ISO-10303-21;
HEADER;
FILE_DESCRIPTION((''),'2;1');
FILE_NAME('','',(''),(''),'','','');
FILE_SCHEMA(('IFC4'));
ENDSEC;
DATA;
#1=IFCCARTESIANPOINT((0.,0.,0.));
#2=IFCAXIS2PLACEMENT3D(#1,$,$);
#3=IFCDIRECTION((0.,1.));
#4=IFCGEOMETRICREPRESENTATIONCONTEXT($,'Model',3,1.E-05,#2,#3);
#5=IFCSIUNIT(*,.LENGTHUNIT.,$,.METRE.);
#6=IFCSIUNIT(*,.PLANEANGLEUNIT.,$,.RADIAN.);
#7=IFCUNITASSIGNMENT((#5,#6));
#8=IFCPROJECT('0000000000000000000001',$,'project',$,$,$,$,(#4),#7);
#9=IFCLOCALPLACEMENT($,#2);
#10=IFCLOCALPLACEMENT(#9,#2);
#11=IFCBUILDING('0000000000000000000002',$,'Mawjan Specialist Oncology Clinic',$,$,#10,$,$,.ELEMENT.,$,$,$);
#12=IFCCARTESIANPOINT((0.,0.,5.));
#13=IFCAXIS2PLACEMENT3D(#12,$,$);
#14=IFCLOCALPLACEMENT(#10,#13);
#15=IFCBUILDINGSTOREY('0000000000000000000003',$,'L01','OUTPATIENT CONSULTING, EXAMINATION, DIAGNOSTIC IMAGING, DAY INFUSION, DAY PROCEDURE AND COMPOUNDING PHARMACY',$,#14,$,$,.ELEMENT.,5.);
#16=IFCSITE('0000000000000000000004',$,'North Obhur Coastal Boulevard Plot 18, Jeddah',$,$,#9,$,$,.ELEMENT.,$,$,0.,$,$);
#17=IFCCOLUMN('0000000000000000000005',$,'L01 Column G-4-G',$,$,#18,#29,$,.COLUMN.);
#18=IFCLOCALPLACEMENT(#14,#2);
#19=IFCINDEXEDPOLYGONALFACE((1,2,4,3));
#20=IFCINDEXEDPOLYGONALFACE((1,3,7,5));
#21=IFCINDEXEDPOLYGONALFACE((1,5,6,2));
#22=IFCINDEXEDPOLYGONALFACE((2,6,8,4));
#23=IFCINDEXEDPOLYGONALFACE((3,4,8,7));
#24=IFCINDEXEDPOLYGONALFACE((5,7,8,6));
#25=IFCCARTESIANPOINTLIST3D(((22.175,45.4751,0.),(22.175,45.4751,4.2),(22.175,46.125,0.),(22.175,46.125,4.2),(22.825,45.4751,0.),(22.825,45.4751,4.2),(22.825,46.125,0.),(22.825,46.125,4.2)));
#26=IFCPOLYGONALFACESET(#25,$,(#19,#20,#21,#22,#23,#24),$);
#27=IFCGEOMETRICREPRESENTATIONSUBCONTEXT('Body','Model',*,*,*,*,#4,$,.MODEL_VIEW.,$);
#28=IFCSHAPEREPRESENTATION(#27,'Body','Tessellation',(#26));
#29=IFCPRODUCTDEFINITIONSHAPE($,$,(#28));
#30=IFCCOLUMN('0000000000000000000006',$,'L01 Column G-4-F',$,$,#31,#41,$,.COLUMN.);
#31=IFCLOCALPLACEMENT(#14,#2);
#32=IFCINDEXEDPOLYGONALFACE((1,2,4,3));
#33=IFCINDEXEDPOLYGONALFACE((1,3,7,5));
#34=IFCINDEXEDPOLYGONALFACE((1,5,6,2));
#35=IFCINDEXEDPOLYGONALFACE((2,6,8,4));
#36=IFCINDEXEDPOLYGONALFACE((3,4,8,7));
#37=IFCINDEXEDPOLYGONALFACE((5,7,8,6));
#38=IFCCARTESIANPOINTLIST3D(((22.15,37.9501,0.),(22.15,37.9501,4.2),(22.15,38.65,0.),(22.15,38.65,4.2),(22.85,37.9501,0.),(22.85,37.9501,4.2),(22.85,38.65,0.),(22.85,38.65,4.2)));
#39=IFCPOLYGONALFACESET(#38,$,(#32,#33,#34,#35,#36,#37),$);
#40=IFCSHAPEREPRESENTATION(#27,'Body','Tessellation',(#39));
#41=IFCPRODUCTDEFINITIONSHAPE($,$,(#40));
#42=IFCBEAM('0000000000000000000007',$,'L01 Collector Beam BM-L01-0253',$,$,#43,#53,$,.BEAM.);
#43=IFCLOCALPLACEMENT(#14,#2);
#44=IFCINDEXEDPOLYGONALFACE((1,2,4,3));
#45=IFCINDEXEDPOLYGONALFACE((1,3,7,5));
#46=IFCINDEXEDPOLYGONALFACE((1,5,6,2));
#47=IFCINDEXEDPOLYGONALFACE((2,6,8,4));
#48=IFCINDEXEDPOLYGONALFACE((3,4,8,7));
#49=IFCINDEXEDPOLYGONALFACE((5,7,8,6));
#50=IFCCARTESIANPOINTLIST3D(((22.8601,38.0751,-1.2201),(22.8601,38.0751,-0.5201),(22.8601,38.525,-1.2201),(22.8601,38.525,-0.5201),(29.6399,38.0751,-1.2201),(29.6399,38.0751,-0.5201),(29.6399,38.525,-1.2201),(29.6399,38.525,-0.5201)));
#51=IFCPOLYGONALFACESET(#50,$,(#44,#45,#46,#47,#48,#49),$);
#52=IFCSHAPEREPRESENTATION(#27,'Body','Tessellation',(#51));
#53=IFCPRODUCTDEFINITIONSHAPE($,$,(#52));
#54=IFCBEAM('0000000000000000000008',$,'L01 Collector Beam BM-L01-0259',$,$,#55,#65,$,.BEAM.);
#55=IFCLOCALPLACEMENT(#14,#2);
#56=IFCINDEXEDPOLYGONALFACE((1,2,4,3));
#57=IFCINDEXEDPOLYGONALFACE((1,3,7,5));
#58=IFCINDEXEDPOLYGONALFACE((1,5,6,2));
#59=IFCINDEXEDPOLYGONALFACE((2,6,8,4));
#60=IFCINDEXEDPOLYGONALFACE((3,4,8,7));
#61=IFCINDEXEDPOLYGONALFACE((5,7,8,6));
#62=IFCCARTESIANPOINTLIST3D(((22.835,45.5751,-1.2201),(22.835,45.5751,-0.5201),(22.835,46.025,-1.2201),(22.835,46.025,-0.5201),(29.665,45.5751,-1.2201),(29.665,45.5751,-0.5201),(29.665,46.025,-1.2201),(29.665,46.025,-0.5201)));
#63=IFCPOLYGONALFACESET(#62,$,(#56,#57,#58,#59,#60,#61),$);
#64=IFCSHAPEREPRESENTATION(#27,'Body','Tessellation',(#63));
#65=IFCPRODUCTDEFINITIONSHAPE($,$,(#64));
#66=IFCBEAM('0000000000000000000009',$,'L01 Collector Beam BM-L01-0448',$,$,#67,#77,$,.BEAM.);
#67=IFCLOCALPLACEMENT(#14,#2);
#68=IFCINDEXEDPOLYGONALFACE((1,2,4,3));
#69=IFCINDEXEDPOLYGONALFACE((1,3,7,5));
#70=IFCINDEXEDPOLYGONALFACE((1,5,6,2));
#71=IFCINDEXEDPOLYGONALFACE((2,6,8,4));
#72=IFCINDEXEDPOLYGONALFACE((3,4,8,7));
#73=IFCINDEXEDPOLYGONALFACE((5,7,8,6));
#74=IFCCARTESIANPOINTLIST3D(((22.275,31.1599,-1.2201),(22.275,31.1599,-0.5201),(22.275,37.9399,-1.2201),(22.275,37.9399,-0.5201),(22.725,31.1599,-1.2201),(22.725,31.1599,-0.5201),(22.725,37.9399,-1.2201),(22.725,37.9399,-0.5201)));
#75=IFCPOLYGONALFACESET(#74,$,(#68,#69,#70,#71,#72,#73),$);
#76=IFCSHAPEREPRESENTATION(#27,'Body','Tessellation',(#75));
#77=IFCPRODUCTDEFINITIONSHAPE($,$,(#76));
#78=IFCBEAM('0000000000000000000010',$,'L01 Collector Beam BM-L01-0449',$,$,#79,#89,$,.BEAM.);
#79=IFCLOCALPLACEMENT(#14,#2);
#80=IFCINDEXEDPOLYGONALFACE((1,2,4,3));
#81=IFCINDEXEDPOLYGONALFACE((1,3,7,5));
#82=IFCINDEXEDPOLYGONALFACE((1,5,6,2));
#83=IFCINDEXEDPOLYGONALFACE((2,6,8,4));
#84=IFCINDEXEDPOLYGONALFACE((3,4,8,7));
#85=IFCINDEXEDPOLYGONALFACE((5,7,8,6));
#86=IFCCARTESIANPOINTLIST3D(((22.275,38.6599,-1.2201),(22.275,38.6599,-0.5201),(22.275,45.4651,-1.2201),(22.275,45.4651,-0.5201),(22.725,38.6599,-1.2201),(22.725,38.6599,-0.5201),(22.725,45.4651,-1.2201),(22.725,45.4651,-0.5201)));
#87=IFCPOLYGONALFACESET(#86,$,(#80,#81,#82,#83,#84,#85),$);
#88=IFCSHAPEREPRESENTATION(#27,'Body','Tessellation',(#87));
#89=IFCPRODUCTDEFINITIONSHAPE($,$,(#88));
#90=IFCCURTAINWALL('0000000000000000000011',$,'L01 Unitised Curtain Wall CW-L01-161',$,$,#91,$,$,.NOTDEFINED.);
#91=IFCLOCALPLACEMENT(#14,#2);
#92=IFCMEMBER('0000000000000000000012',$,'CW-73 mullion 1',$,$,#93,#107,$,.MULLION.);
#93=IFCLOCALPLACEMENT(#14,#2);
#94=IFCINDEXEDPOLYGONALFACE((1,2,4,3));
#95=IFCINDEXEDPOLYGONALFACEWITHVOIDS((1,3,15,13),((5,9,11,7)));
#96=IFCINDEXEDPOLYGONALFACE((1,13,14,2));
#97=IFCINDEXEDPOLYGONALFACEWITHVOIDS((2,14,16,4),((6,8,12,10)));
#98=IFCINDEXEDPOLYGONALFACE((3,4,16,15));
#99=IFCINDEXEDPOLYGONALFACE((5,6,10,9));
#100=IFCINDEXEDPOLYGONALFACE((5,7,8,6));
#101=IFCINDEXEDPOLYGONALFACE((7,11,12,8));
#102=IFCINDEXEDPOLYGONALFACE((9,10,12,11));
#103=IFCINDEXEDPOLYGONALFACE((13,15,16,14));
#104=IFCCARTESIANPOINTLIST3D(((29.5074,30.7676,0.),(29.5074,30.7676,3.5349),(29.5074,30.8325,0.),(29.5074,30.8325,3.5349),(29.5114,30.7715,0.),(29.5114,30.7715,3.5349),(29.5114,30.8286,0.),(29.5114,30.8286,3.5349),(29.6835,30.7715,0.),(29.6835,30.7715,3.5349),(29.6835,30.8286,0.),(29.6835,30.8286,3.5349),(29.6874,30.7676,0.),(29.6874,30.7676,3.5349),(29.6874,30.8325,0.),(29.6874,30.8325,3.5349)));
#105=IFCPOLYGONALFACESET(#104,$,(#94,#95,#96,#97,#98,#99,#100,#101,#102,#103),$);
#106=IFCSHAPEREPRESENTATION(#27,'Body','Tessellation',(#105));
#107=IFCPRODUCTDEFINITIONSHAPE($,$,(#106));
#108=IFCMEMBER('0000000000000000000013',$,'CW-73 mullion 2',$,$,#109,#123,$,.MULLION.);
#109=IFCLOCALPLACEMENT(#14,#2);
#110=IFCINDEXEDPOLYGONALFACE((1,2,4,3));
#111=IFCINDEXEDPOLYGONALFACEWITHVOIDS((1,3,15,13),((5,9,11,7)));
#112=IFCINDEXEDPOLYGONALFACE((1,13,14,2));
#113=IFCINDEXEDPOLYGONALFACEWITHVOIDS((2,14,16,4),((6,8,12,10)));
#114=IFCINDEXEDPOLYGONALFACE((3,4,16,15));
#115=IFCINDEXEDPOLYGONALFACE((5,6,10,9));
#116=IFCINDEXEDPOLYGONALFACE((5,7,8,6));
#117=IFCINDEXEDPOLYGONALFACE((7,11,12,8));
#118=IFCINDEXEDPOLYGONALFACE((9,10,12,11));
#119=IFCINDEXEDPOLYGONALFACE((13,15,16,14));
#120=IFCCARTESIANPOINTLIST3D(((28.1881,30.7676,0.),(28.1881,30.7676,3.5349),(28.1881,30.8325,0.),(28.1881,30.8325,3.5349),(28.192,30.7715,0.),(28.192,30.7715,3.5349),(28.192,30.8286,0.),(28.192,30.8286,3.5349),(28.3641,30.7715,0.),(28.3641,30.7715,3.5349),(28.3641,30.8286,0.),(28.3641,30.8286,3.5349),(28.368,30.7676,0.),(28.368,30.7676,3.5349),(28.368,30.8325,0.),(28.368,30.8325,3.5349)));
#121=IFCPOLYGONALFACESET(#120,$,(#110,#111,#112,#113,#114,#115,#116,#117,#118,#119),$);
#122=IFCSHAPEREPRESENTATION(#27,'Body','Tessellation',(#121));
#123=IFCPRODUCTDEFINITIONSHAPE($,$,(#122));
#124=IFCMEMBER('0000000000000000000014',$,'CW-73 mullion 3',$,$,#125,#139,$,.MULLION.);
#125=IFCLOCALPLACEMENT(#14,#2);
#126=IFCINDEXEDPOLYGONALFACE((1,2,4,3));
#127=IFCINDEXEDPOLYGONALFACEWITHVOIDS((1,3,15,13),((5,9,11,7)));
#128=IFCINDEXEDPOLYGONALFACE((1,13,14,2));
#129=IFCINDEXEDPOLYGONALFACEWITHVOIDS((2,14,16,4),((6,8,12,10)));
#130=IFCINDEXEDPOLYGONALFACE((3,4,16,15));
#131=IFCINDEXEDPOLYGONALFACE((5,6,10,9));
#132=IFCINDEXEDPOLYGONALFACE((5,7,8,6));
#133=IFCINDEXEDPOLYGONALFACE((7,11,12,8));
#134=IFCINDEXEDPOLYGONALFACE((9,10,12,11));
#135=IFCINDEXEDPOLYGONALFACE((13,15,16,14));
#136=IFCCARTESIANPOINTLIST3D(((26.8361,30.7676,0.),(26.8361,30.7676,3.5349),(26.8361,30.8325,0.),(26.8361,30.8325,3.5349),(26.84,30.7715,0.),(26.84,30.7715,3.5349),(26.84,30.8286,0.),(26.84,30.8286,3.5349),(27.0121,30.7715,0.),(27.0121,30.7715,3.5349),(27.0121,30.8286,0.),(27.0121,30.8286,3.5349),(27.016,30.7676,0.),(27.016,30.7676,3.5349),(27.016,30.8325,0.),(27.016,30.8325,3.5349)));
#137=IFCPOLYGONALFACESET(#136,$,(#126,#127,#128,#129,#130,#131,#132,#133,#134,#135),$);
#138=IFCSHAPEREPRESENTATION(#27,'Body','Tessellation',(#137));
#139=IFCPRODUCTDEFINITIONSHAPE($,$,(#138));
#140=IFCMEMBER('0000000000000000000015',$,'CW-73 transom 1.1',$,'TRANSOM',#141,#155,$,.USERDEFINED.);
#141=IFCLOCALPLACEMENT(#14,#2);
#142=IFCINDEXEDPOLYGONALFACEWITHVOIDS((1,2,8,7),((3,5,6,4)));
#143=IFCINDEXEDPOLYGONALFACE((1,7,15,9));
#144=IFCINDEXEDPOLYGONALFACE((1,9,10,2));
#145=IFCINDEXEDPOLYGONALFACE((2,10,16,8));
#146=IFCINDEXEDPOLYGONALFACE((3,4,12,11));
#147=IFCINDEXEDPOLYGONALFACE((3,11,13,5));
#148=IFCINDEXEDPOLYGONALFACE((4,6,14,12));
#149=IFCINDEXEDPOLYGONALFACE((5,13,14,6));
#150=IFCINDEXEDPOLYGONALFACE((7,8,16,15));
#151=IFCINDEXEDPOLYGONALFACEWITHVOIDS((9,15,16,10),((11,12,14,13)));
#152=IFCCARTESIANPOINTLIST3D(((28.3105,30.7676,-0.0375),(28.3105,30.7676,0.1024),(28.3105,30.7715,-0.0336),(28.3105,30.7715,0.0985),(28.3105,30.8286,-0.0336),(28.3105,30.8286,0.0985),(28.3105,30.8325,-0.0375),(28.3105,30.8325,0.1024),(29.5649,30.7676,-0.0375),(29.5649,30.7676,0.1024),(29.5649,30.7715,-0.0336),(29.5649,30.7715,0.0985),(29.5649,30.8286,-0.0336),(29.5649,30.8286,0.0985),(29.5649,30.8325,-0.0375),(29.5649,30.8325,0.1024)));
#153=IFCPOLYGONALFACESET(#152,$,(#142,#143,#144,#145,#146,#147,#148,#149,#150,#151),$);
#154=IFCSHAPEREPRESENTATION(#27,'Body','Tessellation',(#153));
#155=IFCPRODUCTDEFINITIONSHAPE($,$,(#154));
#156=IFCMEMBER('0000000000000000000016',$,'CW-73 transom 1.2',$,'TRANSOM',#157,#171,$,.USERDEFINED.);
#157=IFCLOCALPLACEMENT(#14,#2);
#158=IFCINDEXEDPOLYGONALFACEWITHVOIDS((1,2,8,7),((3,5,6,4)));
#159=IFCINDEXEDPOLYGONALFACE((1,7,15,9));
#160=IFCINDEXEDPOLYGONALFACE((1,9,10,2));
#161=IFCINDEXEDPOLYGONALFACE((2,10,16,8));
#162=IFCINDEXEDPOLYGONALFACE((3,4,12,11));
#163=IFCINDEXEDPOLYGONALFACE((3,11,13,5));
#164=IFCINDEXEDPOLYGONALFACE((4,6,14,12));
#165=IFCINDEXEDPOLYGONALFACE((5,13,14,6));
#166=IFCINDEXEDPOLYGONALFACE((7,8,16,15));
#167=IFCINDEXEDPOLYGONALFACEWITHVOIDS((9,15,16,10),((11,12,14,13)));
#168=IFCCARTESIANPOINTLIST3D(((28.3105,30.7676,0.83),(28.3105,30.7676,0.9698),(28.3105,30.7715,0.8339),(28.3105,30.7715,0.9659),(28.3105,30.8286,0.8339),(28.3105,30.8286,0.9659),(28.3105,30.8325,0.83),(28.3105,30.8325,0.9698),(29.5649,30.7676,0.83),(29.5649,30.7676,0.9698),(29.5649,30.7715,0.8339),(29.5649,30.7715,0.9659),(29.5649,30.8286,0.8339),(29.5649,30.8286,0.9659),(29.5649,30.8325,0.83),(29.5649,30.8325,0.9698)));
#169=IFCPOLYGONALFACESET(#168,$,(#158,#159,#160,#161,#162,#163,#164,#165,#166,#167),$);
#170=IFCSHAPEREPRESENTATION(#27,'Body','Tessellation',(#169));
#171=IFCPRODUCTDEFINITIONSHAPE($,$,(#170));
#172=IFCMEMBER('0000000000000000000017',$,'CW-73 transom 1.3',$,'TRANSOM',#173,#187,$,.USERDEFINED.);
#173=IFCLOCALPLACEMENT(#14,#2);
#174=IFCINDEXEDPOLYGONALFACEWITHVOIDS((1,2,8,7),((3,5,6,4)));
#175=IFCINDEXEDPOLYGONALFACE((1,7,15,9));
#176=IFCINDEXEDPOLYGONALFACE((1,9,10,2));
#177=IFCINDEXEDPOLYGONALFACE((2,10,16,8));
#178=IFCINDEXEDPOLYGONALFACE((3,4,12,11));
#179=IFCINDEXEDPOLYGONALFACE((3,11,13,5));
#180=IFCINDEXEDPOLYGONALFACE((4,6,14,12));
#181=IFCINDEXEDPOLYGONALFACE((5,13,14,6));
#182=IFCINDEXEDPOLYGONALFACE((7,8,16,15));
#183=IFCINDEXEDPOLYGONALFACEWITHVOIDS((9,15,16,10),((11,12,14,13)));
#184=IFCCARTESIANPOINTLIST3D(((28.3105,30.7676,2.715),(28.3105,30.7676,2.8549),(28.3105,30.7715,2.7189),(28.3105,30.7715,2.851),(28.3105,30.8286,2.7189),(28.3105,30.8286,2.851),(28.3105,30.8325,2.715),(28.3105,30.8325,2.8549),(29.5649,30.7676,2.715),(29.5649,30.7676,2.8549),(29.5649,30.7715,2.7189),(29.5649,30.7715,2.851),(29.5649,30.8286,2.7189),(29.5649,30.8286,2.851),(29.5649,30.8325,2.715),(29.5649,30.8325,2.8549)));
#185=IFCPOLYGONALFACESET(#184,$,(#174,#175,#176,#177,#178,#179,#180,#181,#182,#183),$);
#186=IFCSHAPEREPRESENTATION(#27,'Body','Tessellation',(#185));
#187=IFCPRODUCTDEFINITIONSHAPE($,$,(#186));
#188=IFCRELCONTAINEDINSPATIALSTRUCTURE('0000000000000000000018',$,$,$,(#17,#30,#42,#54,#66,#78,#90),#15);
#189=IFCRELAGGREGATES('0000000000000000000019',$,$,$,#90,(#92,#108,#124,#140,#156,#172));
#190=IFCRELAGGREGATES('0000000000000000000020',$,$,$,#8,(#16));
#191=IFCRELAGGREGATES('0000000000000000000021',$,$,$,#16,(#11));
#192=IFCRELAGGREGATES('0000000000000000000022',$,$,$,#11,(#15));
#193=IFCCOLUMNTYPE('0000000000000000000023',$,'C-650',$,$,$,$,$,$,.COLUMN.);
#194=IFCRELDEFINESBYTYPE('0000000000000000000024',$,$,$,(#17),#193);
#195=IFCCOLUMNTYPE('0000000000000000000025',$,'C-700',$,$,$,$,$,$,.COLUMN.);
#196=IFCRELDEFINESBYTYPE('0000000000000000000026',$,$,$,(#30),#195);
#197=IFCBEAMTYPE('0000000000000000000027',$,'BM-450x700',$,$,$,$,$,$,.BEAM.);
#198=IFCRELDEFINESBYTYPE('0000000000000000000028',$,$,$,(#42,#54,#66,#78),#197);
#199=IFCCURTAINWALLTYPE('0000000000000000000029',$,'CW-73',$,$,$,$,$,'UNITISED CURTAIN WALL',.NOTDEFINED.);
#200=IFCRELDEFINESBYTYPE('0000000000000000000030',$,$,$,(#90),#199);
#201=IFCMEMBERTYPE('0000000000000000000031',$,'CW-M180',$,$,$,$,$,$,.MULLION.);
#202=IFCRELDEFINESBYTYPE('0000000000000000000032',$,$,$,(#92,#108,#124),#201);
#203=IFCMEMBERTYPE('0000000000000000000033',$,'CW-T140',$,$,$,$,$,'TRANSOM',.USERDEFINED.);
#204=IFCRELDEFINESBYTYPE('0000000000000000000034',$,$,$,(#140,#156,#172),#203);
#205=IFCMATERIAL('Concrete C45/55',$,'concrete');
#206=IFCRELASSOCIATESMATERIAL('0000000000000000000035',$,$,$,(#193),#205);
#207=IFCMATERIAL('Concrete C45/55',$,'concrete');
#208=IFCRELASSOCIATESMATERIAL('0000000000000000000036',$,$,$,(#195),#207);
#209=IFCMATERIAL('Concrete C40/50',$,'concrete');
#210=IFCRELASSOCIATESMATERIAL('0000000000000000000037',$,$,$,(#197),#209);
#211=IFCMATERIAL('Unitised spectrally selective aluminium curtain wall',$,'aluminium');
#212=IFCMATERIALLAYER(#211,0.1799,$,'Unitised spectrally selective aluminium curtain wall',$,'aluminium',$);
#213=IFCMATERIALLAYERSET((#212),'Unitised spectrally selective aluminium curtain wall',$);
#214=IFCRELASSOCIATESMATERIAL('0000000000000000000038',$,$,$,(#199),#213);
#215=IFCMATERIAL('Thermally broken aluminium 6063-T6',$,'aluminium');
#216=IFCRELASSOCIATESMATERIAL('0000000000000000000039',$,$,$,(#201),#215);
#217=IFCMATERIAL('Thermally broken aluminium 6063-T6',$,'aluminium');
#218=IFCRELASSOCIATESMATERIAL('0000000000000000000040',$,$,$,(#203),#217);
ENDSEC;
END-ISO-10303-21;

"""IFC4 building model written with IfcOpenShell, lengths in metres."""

from ifc_helpers import new_model, si_unit, direction, frame, origin, origin_2d, place, context, subcontext, project, spatial, rectangle, hollow_rectangle, extrude, material, layer, layer_set, material_profile, profile_set, type_object, element, aggregate, save


model = new_model("IFC4")

# Units and contexts
model_context = context("Model", 3, precision=1e-05, world=origin(), true_north=direction((0.0, 1.0)))
body_context = subcontext(model_context, "Body", "Model", "MODEL_VIEW")
ifc_project = project(units=[si_unit("LENGTHUNIT", "METRE"), si_unit("PLANEANGLEUNIT", "RADIAN")], contexts=[model_context])

# Site, building, storey
site_placement = place(None, origin())
site = spatial("IfcSite", under=ifc_project, at=site_placement, Name="North Obhur Coastal Boulevard Plot 18, Jeddah", CompositionType="ELEMENT", RefElevation=0.0)
building_placement = place(site_placement, origin())
building = spatial("IfcBuilding", under=site, at=building_placement, Name="Mawjan Specialist Oncology Clinic", CompositionType="ELEMENT")
storey_placement = place(building_placement, frame((0.0, 0.0, 5.0)))
storey = spatial("IfcBuildingStorey", under=building, at=storey_placement, Name="L01", Description="OUTPATIENT CONSULTING, EXAMINATION, DIAGNOSTIC IMAGING, DAY INFUSION, DAY PROCEDURE AND COMPOUNDING PHARMACY", CompositionType="ELEMENT", Elevation=5.0)

# Columns
ifc_material_1 = material(Name="Concrete C45/55", Category="concrete")
ifc_material_profile_1 = material_profile(ifc_material_1, rectangle(XDim=0.6499, YDim=0.6499, at=origin_2d()), Name="RC COL 650x650", Category="concrete")
ifc_profile_set_1 = profile_set([ifc_material_profile_1], Name="Concrete C45/55")
column_type_1 = type_object("IfcColumnType", Name="C-650", PredefinedType="COLUMN", material=ifc_profile_set_1)
column_1_placement = place(storey_placement, frame((22.5, 45.8, 0.0), z_axis=(0.0, 0.0, 1.0), x_axis=(1.0, 0.0, 0.0)))
element("IfcColumn", 1, at=column_1_placement, inside=storey, type_object=column_type_1, Name="L01 Column G-4-G", PredefinedType="COLUMN", context=body_context, shape_type="SweptSolid", body=[
    extrude(rectangle(XDim=0.6499, YDim=0.6499, at=origin_2d()), origin(), (0.0, 0.0, 1.0), 4.2),
])
ifc_material_2 = material(Name="Concrete C45/55", Category="concrete")
ifc_material_profile_2 = material_profile(ifc_material_2, rectangle(XDim=0.7, YDim=0.7, at=origin_2d()), Name="RC COL 700x700", Category="concrete")
ifc_profile_set_2 = profile_set([ifc_material_profile_2], Name="Concrete C45/55")
column_type_2 = type_object("IfcColumnType", Name="C-700", PredefinedType="COLUMN", material=ifc_profile_set_2)
column_2_placement = place(storey_placement, frame((22.5, 38.3, 0.0), z_axis=(0.0, 0.0, 1.0), x_axis=(1.0, 0.0, 0.0)))
element("IfcColumn", 2, at=column_2_placement, inside=storey, type_object=column_type_2, Name="L01 Column G-4-F", PredefinedType="COLUMN", context=body_context, shape_type="SweptSolid", body=[
    extrude(rectangle(XDim=0.7, YDim=0.7, at=origin_2d()), origin(), (0.0, 0.0, 1.0), 4.2),
])

# Beams
ifc_material_3 = material(Name="Concrete C40/50", Category="concrete")
ifc_material_profile_3 = material_profile(ifc_material_3, rectangle(XDim=0.45, YDim=0.7, at=origin_2d()), Name="RC BM 450x700", Category="concrete")
ifc_profile_set_3 = profile_set([ifc_material_profile_3], Name="Concrete C40/50")
beam_type = type_object("IfcBeamType", Name="BM-450x700", PredefinedType="BEAM", material=ifc_profile_set_3)
beam_1_placement = place(storey_placement, frame((22.8601, 38.3, -0.8701), z_axis=(1.0, 0.0, 0.0), x_axis=(0.0, 1.0, 0.0)))
element("IfcBeam", 3, at=beam_1_placement, inside=storey, type_object=beam_type, Name="L01 Collector Beam BM-L01-0253", PredefinedType="BEAM", context=body_context, shape_type="SweptSolid", body=[
    extrude(rectangle(XDim=0.45, YDim=0.7, at=origin_2d()), origin(), (0.0, 0.0, 1.0), 6.7798),
])
beam_2_placement = place(storey_placement, frame((22.835, 45.8, -0.8701), z_axis=(1.0, 0.0, 0.0), x_axis=(0.0, 1.0, 0.0)))
element("IfcBeam", 4, at=beam_2_placement, inside=storey, type_object=beam_type, Name="L01 Collector Beam BM-L01-0259", PredefinedType="BEAM", context=body_context, shape_type="SweptSolid", body=[
    extrude(rectangle(XDim=0.45, YDim=0.7, at=origin_2d()), origin(), (0.0, 0.0, 1.0), 6.8301),
])
beam_3_placement = place(storey_placement, frame((22.5, 31.1599, -0.8701), z_axis=(0.0, 1.0, 0.0), x_axis=(-1.0, 0.0, 0.0)))
element("IfcBeam", 5, at=beam_3_placement, inside=storey, type_object=beam_type, Name="L01 Collector Beam BM-L01-0448", PredefinedType="BEAM", context=body_context, shape_type="SweptSolid", body=[
    extrude(rectangle(XDim=0.45, YDim=0.7, at=origin_2d()), origin(), (0.0, 0.0, 1.0), 6.78),
])
beam_4_placement = place(storey_placement, frame((22.5, 38.6599, -0.8701), z_axis=(0.0, 1.0, 0.0), x_axis=(-1.0, 0.0, 0.0)))
element("IfcBeam", 6, at=beam_4_placement, inside=storey, type_object=beam_type, Name="L01 Collector Beam BM-L01-0449", PredefinedType="BEAM", context=body_context, shape_type="SweptSolid", body=[
    extrude(rectangle(XDim=0.45, YDim=0.7, at=origin_2d()), origin(), (0.0, 0.0, 1.0), 6.8052),
])

# Curtain wall, members
ifc_material_4 = material(Name="Unitised spectrally selective aluminium curtain wall", Category="aluminium")
ifc_layer_1 = layer(ifc_material_4, 0.1799, Name="Unitised spectrally selective aluminium curtain wall", Category="aluminium")
ifc_layer_set_1 = layer_set([ifc_layer_1], Name="Unitised spectrally selective aluminium curtain wall")
curtain_wall_type = type_object("IfcCurtainWallType", Name="CW-73", ElementType="UNITISED CURTAIN WALL", PredefinedType="NOTDEFINED", material=ifc_layer_set_1)
curtain_wall_placement = place(storey_placement, origin())
curtain_wall = element("IfcCurtainWall", 7, at=curtain_wall_placement, inside=storey, type_object=curtain_wall_type, Name="L01 Unitised Curtain Wall CW-L01-161", PredefinedType="NOTDEFINED")
ifc_material_5 = material(Name="Thermally broken aluminium 6063-T6", Category="aluminium")
ifc_material_profile_4 = material_profile(ifc_material_5, hollow_rectangle(XDim=0.0649, YDim=0.1799, WallThickness=0.0039, at=origin_2d()), Name="ALU MULLION 180x65x4", Category="aluminium")
ifc_profile_set_4 = profile_set([ifc_material_profile_4], Name="Thermally broken aluminium 6063-T6")
member_type_1 = type_object("IfcMemberType", Name="CW-M180", PredefinedType="MULLION", material=ifc_profile_set_4)
member_1_placement = place(storey_placement, frame((29.5974, 30.8, 0.0), z_axis=(0.0, 0.0, 1.0), x_axis=(0.0, -1.0, 0.0)))
member_1 = element("IfcMember", 8, at=member_1_placement, type_object=member_type_1, Name="CW-73 mullion 1", PredefinedType="MULLION", context=body_context, shape_type="SweptSolid", body=[
    extrude(hollow_rectangle(XDim=0.0649, YDim=0.1799, WallThickness=0.0039, at=origin_2d()), origin(), (0.0, 0.0, 1.0), 3.5349),
])
member_2_placement = place(storey_placement, frame((28.2781, 30.8, 0.0), z_axis=(0.0, 0.0, 1.0), x_axis=(0.0, -1.0, 0.0)))
member_2 = element("IfcMember", 9, at=member_2_placement, type_object=member_type_1, Name="CW-73 mullion 2", PredefinedType="MULLION", context=body_context, shape_type="SweptSolid", body=[
    extrude(hollow_rectangle(XDim=0.0649, YDim=0.1799, WallThickness=0.0039, at=origin_2d()), origin(), (0.0, 0.0, 1.0), 3.5349),
])
member_3_placement = place(storey_placement, frame((26.926, 30.8, 0.0), z_axis=(0.0, 0.0, 1.0), x_axis=(0.0, -1.0, 0.0)))
member_3 = element("IfcMember", 10, at=member_3_placement, type_object=member_type_1, Name="CW-73 mullion 3", PredefinedType="MULLION", context=body_context, shape_type="SweptSolid", body=[
    extrude(hollow_rectangle(XDim=0.0649, YDim=0.1799, WallThickness=0.0039, at=origin_2d()), origin(), (0.0, 0.0, 1.0), 3.5349),
])
ifc_material_6 = material(Name="Thermally broken aluminium 6063-T6", Category="aluminium")
ifc_material_profile_5 = material_profile(ifc_material_6, hollow_rectangle(XDim=0.0649, YDim=0.1399, WallThickness=0.0039, at=origin_2d()), Name="ALU TRANSOM 140x65x4", Category="aluminium")
ifc_profile_set_5 = profile_set([ifc_material_profile_5], Name="Thermally broken aluminium 6063-T6")
member_type_2 = type_object("IfcMemberType", Name="CW-T140", ElementType="TRANSOM", PredefinedType="USERDEFINED", material=ifc_profile_set_5)
member_4_placement = place(storey_placement, frame((29.5649, 30.8, 0.0325), z_axis=(-1.0, 0.0, 0.0), x_axis=(0.0, -1.0, 0.0)))
member_4 = element("IfcMember", 11, at=member_4_placement, type_object=member_type_2, Name="CW-73 transom 1.1", ObjectType="TRANSOM", PredefinedType="USERDEFINED", context=body_context, shape_type="SweptSolid", body=[
    extrude(hollow_rectangle(XDim=0.0649, YDim=0.1399, WallThickness=0.0039, at=origin_2d()), origin(), (0.0, 0.0, 1.0), 1.2544),
])
member_5_placement = place(storey_placement, frame((29.5649, 30.8, 0.8999), z_axis=(-1.0, 0.0, 0.0), x_axis=(0.0, -1.0, 0.0)))
member_5 = element("IfcMember", 12, at=member_5_placement, type_object=member_type_2, Name="CW-73 transom 1.2", ObjectType="TRANSOM", PredefinedType="USERDEFINED", context=body_context, shape_type="SweptSolid", body=[
    extrude(hollow_rectangle(XDim=0.0649, YDim=0.1399, WallThickness=0.0039, at=origin_2d()), origin(), (0.0, 0.0, 1.0), 1.2544),
])
member_6_placement = place(storey_placement, frame((29.5649, 30.8, 2.7849), z_axis=(-1.0, 0.0, 0.0), x_axis=(0.0, -1.0, 0.0)))
member_6 = element("IfcMember", 13, at=member_6_placement, type_object=member_type_2, Name="CW-73 transom 1.3", ObjectType="TRANSOM", PredefinedType="USERDEFINED", context=body_context, shape_type="SweptSolid", body=[
    extrude(hollow_rectangle(XDim=0.0649, YDim=0.1399, WallThickness=0.0039, at=origin_2d()), origin(), (0.0, 0.0, 1.0), 1.2544),
])
aggregate(curtain_wall, [member_1, member_2, member_3, member_4, member_5, member_6])

save(model, "model.ifc")
